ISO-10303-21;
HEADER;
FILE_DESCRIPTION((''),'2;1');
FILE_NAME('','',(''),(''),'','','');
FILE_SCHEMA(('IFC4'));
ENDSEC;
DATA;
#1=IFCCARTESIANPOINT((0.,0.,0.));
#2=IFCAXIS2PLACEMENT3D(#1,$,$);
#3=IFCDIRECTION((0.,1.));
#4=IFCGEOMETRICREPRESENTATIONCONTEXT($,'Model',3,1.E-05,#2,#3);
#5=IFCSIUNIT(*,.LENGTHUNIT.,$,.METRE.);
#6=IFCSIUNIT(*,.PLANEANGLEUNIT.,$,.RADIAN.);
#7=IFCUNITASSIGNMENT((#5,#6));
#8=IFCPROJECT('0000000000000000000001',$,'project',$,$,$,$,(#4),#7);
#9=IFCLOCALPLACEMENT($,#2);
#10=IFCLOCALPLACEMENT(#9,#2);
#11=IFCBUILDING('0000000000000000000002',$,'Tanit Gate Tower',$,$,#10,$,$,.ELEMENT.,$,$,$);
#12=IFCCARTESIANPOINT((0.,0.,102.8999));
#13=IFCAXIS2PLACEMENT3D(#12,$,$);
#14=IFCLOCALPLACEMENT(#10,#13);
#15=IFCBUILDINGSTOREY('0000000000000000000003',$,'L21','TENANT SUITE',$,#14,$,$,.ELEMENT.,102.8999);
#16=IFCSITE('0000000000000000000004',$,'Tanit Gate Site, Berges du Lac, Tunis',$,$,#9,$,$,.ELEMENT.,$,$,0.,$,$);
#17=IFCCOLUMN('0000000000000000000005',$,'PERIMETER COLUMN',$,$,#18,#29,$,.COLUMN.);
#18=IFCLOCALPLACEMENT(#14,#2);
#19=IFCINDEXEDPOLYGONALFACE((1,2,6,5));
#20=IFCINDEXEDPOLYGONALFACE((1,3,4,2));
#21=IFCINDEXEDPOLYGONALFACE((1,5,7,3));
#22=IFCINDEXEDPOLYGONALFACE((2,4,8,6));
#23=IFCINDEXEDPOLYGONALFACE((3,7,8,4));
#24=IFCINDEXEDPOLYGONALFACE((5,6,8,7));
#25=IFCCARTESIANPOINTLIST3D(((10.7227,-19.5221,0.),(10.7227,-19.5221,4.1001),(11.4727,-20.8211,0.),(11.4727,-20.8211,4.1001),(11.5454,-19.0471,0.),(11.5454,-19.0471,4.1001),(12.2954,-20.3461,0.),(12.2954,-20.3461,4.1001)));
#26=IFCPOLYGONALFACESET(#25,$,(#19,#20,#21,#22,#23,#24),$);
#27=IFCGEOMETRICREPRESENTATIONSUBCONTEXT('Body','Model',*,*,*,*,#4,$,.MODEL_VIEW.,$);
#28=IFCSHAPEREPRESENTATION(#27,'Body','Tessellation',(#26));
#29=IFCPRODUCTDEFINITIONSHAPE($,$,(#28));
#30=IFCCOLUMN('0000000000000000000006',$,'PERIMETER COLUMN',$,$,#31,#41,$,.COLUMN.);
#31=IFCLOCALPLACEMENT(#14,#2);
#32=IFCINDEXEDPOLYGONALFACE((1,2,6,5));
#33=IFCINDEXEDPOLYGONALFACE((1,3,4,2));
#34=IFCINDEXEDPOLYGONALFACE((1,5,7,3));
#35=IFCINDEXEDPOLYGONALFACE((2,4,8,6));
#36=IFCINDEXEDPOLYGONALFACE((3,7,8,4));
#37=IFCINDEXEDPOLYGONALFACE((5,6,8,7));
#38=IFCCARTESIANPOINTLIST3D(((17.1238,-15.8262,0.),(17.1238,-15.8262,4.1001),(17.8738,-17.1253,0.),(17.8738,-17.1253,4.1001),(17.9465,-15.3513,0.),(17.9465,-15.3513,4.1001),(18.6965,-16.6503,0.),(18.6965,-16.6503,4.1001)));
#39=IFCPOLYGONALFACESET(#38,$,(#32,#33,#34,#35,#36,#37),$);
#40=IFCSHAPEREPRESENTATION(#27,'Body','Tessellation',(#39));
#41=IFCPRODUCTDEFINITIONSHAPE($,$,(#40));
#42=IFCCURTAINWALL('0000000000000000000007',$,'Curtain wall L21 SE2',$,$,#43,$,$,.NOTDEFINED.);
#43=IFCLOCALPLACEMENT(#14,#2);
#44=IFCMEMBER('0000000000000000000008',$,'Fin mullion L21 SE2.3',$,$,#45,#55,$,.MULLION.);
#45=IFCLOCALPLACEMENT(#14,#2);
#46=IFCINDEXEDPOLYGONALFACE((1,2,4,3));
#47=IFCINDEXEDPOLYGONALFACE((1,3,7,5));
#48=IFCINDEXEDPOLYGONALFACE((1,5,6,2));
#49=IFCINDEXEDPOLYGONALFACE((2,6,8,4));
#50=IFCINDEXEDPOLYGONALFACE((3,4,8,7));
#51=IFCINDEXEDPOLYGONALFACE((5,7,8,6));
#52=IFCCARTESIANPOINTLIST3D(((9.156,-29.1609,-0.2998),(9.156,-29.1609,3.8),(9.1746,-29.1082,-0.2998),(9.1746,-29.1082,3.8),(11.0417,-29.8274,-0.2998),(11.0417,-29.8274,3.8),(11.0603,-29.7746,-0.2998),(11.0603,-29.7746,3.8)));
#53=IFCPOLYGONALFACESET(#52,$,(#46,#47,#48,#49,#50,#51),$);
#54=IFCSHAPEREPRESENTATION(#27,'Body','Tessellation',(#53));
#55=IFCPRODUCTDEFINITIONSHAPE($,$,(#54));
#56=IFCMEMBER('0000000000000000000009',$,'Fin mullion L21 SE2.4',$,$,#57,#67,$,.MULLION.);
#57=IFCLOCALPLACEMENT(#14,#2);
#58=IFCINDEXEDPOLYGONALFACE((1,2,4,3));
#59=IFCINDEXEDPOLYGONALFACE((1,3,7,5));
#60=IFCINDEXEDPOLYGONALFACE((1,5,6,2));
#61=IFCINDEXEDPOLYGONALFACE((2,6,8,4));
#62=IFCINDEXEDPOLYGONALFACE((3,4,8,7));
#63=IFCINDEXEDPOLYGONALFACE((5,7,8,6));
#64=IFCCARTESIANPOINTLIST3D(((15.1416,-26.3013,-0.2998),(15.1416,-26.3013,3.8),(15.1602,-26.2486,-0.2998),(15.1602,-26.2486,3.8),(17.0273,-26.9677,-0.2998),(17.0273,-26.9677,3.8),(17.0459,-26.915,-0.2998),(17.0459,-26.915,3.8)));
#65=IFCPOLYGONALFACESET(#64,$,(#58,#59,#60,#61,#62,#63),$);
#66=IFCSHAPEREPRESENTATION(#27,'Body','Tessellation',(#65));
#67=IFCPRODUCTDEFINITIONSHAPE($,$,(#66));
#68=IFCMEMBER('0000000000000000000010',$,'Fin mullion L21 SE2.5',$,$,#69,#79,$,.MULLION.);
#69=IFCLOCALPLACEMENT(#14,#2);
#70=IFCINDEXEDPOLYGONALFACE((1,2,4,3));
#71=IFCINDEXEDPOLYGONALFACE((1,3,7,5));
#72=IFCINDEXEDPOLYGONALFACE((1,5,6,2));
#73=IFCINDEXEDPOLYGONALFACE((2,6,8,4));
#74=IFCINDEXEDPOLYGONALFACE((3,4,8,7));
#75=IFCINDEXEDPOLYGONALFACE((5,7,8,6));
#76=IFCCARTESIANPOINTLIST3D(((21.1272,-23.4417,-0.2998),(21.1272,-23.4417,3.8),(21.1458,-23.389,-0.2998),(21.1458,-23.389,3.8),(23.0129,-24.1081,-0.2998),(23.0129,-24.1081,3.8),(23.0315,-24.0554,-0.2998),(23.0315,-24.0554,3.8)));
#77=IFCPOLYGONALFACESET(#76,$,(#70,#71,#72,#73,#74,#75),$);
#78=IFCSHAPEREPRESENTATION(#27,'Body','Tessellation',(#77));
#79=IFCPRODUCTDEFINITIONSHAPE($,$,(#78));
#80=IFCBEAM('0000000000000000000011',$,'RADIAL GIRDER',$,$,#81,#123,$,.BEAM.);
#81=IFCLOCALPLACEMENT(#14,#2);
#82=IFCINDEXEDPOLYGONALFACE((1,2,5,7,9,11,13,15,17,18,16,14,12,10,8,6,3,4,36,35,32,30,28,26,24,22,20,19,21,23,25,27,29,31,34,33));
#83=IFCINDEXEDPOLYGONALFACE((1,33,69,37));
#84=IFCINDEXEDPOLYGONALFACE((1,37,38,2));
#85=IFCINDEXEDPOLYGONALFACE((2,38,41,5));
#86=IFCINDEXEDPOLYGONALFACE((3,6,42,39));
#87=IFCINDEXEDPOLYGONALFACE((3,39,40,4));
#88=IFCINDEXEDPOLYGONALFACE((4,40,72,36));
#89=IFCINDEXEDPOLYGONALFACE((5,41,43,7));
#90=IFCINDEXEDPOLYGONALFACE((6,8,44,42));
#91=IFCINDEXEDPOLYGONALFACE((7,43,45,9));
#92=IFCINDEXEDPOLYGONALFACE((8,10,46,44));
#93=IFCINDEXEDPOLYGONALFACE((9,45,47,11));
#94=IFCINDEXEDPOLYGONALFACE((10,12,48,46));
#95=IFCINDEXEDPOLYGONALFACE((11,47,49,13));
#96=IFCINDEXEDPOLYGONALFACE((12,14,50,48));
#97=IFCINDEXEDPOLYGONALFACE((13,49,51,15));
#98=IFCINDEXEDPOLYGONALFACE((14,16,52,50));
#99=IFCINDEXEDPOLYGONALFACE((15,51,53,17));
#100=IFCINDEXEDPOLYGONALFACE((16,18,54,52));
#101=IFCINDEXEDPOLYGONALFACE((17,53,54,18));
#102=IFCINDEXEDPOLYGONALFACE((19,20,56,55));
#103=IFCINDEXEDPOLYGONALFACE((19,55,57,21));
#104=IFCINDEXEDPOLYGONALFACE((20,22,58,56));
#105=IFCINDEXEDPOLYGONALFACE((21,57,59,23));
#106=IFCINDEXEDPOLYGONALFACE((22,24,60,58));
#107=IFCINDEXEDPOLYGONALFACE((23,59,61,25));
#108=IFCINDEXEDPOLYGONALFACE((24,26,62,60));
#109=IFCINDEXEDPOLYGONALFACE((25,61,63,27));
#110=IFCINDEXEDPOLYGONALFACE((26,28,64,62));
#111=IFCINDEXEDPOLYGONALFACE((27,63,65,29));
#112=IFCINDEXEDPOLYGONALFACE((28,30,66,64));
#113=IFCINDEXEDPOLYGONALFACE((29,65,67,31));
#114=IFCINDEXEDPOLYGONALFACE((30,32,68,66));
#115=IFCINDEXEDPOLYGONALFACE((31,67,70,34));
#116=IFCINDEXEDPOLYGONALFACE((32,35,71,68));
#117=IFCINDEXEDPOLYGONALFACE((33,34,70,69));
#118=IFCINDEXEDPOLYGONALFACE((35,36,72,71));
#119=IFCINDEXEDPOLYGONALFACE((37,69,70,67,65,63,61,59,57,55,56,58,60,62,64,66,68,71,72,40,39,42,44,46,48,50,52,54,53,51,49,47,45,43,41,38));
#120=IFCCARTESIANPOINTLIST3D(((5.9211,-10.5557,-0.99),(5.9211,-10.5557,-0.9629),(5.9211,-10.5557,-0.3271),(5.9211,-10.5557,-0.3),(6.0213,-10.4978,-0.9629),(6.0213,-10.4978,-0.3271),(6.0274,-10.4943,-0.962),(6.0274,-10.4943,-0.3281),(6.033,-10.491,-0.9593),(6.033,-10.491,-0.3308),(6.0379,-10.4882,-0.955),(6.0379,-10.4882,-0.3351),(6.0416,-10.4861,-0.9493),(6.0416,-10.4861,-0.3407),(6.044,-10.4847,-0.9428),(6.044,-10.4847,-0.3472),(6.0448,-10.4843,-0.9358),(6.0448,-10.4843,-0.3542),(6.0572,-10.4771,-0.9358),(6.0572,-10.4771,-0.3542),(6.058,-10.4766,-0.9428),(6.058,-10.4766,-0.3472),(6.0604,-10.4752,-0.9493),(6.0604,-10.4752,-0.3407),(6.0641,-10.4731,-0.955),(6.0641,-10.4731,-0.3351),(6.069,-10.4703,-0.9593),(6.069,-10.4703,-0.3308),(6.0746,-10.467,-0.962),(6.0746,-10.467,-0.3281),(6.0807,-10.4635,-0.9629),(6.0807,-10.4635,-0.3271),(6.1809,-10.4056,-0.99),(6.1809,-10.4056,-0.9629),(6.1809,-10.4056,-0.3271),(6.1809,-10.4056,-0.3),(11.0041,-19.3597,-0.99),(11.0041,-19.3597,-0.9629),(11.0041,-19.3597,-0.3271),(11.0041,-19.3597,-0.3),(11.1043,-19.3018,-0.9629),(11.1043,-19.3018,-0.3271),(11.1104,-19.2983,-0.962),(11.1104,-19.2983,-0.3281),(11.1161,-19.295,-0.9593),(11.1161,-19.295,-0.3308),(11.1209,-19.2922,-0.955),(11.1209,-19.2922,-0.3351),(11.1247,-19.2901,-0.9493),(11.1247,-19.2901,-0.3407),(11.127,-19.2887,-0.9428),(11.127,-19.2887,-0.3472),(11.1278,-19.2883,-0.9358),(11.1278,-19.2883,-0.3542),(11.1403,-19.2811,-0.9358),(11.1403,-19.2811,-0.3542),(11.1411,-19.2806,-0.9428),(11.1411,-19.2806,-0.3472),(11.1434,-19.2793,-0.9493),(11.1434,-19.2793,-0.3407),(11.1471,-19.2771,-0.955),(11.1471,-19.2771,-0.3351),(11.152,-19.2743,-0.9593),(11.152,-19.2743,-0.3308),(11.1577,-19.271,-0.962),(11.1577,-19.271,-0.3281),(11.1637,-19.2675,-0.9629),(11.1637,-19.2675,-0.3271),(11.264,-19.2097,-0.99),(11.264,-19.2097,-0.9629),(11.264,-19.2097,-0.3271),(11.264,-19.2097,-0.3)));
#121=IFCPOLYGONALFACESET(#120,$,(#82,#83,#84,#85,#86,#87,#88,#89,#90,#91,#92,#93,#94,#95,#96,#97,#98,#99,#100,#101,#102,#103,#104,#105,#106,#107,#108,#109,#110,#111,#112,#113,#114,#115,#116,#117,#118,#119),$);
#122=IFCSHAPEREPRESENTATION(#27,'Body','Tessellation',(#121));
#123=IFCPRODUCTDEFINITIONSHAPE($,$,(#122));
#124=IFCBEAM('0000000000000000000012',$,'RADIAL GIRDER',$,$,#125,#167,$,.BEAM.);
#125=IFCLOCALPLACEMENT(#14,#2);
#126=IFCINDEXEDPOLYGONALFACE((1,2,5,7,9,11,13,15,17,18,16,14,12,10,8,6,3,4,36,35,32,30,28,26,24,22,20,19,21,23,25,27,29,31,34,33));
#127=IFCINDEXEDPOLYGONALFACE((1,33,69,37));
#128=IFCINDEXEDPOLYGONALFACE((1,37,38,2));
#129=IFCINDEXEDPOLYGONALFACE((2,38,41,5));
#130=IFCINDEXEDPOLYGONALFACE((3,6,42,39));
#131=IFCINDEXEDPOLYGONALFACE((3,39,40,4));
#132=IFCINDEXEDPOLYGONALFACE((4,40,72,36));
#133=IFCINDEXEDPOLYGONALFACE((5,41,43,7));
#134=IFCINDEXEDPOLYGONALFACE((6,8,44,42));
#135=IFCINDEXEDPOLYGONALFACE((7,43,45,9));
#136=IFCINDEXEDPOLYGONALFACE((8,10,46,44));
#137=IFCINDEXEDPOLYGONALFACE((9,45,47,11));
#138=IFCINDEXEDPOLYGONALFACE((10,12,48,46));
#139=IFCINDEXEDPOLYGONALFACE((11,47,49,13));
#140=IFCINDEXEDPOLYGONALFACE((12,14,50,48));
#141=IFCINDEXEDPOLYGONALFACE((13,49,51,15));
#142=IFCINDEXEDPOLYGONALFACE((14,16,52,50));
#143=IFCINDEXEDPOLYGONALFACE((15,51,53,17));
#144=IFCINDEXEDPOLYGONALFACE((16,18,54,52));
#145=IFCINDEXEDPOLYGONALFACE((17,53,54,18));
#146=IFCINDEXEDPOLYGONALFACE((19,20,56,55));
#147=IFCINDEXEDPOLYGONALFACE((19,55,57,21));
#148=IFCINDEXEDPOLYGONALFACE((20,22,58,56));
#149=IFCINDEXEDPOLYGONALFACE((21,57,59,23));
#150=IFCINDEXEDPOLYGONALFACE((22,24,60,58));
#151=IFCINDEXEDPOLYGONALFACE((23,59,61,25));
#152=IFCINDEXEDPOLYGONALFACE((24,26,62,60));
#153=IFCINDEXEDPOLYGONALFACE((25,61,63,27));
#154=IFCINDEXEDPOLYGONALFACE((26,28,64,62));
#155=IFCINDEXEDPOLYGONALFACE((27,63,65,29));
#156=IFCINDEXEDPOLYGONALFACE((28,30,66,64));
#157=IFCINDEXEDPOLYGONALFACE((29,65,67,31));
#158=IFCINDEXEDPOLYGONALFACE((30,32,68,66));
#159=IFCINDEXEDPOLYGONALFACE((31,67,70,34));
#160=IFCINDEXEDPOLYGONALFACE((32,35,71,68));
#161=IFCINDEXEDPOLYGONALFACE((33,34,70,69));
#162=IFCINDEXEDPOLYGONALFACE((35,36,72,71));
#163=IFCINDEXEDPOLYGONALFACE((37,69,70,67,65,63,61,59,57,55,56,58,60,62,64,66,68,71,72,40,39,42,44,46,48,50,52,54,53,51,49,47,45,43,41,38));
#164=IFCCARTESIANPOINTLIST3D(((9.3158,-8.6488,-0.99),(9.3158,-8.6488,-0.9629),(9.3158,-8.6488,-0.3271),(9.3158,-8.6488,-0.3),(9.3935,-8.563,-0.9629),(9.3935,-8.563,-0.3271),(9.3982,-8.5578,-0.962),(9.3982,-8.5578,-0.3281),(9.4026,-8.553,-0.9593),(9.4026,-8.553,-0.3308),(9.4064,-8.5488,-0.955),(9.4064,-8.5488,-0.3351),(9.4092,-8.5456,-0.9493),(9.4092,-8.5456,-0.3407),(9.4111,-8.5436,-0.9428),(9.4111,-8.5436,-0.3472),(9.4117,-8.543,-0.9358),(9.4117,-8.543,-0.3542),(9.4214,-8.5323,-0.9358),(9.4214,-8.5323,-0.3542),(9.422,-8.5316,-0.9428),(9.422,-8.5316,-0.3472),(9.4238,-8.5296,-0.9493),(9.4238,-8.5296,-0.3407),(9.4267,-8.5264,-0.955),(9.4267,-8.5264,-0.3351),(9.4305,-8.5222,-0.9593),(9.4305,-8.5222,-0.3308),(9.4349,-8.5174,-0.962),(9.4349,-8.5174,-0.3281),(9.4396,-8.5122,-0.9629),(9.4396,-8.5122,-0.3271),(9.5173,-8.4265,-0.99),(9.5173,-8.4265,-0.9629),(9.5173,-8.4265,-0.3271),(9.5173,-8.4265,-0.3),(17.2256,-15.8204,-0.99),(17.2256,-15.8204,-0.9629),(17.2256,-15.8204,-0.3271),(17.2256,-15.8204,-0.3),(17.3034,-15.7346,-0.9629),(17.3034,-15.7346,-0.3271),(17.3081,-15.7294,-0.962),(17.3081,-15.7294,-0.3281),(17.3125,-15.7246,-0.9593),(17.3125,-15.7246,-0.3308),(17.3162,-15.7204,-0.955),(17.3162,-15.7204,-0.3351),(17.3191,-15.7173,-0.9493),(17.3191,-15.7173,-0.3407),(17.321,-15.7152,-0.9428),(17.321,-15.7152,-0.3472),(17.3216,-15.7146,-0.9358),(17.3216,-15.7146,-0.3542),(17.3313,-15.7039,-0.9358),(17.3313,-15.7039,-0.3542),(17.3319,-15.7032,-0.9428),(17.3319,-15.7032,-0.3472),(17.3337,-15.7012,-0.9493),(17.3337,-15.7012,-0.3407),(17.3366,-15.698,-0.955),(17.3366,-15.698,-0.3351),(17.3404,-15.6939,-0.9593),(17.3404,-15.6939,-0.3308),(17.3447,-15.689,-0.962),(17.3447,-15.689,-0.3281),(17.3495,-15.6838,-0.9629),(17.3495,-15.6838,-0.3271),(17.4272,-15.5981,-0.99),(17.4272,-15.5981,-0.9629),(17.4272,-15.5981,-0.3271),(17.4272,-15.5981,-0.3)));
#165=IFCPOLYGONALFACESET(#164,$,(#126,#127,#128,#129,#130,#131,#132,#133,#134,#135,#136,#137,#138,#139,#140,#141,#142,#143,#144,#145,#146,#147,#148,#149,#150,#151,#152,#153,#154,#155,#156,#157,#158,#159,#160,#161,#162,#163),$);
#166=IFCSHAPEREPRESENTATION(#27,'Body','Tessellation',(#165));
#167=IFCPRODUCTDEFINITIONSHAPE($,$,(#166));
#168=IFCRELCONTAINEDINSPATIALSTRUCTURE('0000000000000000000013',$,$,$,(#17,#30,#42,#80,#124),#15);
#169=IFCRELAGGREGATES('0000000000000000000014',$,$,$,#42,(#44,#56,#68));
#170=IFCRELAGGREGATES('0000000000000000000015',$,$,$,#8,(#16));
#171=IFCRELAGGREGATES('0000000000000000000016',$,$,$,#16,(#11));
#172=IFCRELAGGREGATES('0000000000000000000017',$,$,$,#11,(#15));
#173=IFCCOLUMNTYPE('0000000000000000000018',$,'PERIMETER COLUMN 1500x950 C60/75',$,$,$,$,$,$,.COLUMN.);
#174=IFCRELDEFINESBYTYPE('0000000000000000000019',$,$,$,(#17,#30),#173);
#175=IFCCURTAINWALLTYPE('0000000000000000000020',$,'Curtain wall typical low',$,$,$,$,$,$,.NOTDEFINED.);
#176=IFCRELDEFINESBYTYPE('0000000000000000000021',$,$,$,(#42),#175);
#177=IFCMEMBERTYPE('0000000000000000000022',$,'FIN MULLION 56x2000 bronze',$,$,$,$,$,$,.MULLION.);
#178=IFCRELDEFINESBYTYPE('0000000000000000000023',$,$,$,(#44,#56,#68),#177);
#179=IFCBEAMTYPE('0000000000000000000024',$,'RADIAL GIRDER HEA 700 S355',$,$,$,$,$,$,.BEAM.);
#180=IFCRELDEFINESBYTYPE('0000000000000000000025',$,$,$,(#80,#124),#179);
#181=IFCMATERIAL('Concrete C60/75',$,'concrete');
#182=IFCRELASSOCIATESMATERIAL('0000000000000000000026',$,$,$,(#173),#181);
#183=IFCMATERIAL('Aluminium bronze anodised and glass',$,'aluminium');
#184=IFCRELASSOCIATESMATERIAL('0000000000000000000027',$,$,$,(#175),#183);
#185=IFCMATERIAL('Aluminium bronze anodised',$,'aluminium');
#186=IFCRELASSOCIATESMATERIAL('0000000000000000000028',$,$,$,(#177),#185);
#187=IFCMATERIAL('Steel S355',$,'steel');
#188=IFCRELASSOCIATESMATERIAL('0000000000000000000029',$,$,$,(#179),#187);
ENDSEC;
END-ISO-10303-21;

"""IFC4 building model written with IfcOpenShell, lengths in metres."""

from ifc_helpers import new_model, si_unit, direction, frame, origin, origin_2d, place, context, subcontext, project, spatial, rectangle, i_section, extrude, material, material_profile, profile_set, type_object, element, aggregate, save


model = new_model("IFC4")

# Units and contexts
model_context = context("Model", 3, precision=1e-05, world=origin(), true_north=direction((0.0, 1.0)))
body_context = subcontext(model_context, "Body", "Model", "MODEL_VIEW")
ifc_project = project(units=[si_unit("LENGTHUNIT", "METRE"), si_unit("PLANEANGLEUNIT", "RADIAN")], contexts=[model_context])

# Site, building, storey
site_placement = place(None, origin())
site = spatial("IfcSite", under=ifc_project, at=site_placement, Name="Tanit Gate Site, Berges du Lac, Tunis", CompositionType="ELEMENT", RefElevation=0.0)
building_placement = place(site_placement, origin())
building = spatial("IfcBuilding", under=site, at=building_placement, Name="Tanit Gate Tower", CompositionType="ELEMENT")
storey_placement = place(building_placement, frame((0.0, 0.0, 102.8999)))
storey = spatial("IfcBuildingStorey", under=building, at=storey_placement, Name="L21", Description="TENANT SUITE", CompositionType="ELEMENT", Elevation=102.8999)

# Columns
ifc_material_1 = material(Name="Concrete C60/75", Category="concrete")
ifc_material_profile_1 = material_profile(ifc_material_1, rectangle(XDim=1.5, YDim=0.95, at=origin_2d()), Name="RC 1500x950")
ifc_profile_set_1 = profile_set([ifc_material_profile_1], Name="Concrete C60/75")
column_type = type_object("IfcColumnType", Name="PERIMETER COLUMN 1500x950 C60/75", PredefinedType="COLUMN", material=ifc_profile_set_1)
for number, where, z_axis, x_axis, name in (
    (1, (11.509, -19.9341, 0.0), (0.0, 0.0, 1.0), (0.5, -0.866025, 0.0), "PERIMETER COLUMN"),
    (2, (17.9102, -16.2383, 0.0), (0.0, 0.0, 1.0), (0.5, -0.866025, 0.0), "PERIMETER COLUMN"),
):
    element("IfcColumn", number, at=place(storey_placement, frame(where, z_axis=z_axis, x_axis=x_axis)), inside=storey, type_object=column_type, Name=name, PredefinedType="COLUMN", context=body_context, shape_type="SweptSolid", body=[
        extrude(rectangle(XDim=1.5, YDim=0.95, at=origin_2d()), origin(), (0.0, 0.0, 1.0), 4.1001),
    ])

# Curtain wall, members
ifc_material_2 = material(Name="Aluminium bronze anodised and glass", Category="aluminium")
curtain_wall_type = type_object("IfcCurtainWallType", Name="Curtain wall typical low", PredefinedType="NOTDEFINED", material=ifc_material_2)
curtain_wall_placement = place(storey_placement, origin())
curtain_wall = element("IfcCurtainWall", 3, at=curtain_wall_placement, inside=storey, type_object=curtain_wall_type, Name="Curtain wall L21 SE2", PredefinedType="NOTDEFINED")
ifc_material_3 = material(Name="Aluminium bronze anodised", Category="aluminium")
ifc_material_profile_2 = material_profile(ifc_material_3, rectangle(XDim=2.0, YDim=0.0559, at=origin_2d()), Name="56x2000 bronze fin mullion")
ifc_profile_set_2 = profile_set([ifc_material_profile_2], Name="Aluminium bronze anodised")
member_type_1 = type_object("IfcMemberType", Name="FIN MULLION 56x2000 bronze", PredefinedType="MULLION", material=ifc_profile_set_2)
member_1_placement = place(storey_placement, frame((10.1082, -29.4678, -0.2998), z_axis=(0.0, 0.0, 1.0), x_axis=(-0.942849, 0.33322, 0.0)))
member_1 = element("IfcMember", 4, at=member_1_placement, type_object=member_type_1, Name="Fin mullion L21 SE2.3", PredefinedType="MULLION", context=body_context, shape_type="SweptSolid", body=[
    extrude(rectangle(XDim=2.0, YDim=0.0559, at=origin_2d()), origin(), (0.0, 0.0, 1.0), 4.0999),
])
member_2_placement = place(storey_placement, frame((16.0938, -26.6082, -0.2998), z_axis=(0.0, 0.0, 1.0), x_axis=(-0.942849, 0.33322, 0.0)))
member_2 = element("IfcMember", 5, at=member_2_placement, type_object=member_type_1, Name="Fin mullion L21 SE2.4", PredefinedType="MULLION", context=body_context, shape_type="SweptSolid", body=[
    extrude(rectangle(XDim=2.0, YDim=0.0559, at=origin_2d()), origin(), (0.0, 0.0, 1.0), 4.0999),
])
member_3_placement = place(storey_placement, frame((22.0793, -23.7485, -0.2998), z_axis=(0.0, 0.0, 1.0), x_axis=(-0.942849, 0.33322, 0.0)))
member_3 = element("IfcMember", 6, at=member_3_placement, type_object=member_type_1, Name="Fin mullion L21 SE2.5", PredefinedType="MULLION", context=body_context, shape_type="SweptSolid", body=[
    extrude(rectangle(XDim=2.0, YDim=0.0559, at=origin_2d()), origin(), (0.0, 0.0, 1.0), 4.0999),
])

# Beams
ifc_material_4 = material(Name="Steel S355", Category="steel")
ifc_material_profile_3 = material_profile(ifc_material_4, i_section(OverallWidth=0.3, OverallDepth=0.6899, WebThickness=0.0144, FlangeThickness=0.0271, FilletRadius=0.0271, at=origin_2d()), Name="HEA 700")
ifc_profile_set_3 = profile_set([ifc_material_profile_3], Name="Steel S355")
beam_type = type_object("IfcBeamType", Name="RADIAL GIRDER HEA 700 S355", PredefinedType="BEAM", material=ifc_profile_set_3)
beam_1_placement = place(storey_placement, frame((11.134, -19.2847, -0.645), z_axis=(-0.500003, 0.866024, 0.0), x_axis=(-0.866024, -0.500003, 0.0)))
element("IfcBeam", 7, at=beam_1_placement, inside=storey, type_object=beam_type, Name="RADIAL GIRDER", PredefinedType="BEAM", context=body_context, shape_type="SweptSolid", body=[
    extrude(i_section(OverallWidth=0.3, OverallDepth=0.6899, WebThickness=0.0144, FlangeThickness=0.0271, FilletRadius=0.0271, at=origin_2d()), origin(), (0.0, 0.0, 1.0), 10.166),
])
beam_2_placement = place(storey_placement, frame((17.3264, -15.7092, -0.645), z_axis=(-0.740834, 0.671688, 0.0), x_axis=(-0.671688, -0.740834, 0.0)))
element("IfcBeam", 8, at=beam_2_placement, inside=storey, type_object=beam_type, Name="RADIAL GIRDER", PredefinedType="BEAM", context=body_context, shape_type="SweptSolid", body=[
    extrude(i_section(OverallWidth=0.3, OverallDepth=0.6899, WebThickness=0.0144, FlangeThickness=0.0271, FilletRadius=0.0271, at=origin_2d()), origin(), (0.0, 0.0, 1.0), 10.677),
])

aggregate(curtain_wall, [member_1, member_2, member_3])

save(model, "model.ifc")
